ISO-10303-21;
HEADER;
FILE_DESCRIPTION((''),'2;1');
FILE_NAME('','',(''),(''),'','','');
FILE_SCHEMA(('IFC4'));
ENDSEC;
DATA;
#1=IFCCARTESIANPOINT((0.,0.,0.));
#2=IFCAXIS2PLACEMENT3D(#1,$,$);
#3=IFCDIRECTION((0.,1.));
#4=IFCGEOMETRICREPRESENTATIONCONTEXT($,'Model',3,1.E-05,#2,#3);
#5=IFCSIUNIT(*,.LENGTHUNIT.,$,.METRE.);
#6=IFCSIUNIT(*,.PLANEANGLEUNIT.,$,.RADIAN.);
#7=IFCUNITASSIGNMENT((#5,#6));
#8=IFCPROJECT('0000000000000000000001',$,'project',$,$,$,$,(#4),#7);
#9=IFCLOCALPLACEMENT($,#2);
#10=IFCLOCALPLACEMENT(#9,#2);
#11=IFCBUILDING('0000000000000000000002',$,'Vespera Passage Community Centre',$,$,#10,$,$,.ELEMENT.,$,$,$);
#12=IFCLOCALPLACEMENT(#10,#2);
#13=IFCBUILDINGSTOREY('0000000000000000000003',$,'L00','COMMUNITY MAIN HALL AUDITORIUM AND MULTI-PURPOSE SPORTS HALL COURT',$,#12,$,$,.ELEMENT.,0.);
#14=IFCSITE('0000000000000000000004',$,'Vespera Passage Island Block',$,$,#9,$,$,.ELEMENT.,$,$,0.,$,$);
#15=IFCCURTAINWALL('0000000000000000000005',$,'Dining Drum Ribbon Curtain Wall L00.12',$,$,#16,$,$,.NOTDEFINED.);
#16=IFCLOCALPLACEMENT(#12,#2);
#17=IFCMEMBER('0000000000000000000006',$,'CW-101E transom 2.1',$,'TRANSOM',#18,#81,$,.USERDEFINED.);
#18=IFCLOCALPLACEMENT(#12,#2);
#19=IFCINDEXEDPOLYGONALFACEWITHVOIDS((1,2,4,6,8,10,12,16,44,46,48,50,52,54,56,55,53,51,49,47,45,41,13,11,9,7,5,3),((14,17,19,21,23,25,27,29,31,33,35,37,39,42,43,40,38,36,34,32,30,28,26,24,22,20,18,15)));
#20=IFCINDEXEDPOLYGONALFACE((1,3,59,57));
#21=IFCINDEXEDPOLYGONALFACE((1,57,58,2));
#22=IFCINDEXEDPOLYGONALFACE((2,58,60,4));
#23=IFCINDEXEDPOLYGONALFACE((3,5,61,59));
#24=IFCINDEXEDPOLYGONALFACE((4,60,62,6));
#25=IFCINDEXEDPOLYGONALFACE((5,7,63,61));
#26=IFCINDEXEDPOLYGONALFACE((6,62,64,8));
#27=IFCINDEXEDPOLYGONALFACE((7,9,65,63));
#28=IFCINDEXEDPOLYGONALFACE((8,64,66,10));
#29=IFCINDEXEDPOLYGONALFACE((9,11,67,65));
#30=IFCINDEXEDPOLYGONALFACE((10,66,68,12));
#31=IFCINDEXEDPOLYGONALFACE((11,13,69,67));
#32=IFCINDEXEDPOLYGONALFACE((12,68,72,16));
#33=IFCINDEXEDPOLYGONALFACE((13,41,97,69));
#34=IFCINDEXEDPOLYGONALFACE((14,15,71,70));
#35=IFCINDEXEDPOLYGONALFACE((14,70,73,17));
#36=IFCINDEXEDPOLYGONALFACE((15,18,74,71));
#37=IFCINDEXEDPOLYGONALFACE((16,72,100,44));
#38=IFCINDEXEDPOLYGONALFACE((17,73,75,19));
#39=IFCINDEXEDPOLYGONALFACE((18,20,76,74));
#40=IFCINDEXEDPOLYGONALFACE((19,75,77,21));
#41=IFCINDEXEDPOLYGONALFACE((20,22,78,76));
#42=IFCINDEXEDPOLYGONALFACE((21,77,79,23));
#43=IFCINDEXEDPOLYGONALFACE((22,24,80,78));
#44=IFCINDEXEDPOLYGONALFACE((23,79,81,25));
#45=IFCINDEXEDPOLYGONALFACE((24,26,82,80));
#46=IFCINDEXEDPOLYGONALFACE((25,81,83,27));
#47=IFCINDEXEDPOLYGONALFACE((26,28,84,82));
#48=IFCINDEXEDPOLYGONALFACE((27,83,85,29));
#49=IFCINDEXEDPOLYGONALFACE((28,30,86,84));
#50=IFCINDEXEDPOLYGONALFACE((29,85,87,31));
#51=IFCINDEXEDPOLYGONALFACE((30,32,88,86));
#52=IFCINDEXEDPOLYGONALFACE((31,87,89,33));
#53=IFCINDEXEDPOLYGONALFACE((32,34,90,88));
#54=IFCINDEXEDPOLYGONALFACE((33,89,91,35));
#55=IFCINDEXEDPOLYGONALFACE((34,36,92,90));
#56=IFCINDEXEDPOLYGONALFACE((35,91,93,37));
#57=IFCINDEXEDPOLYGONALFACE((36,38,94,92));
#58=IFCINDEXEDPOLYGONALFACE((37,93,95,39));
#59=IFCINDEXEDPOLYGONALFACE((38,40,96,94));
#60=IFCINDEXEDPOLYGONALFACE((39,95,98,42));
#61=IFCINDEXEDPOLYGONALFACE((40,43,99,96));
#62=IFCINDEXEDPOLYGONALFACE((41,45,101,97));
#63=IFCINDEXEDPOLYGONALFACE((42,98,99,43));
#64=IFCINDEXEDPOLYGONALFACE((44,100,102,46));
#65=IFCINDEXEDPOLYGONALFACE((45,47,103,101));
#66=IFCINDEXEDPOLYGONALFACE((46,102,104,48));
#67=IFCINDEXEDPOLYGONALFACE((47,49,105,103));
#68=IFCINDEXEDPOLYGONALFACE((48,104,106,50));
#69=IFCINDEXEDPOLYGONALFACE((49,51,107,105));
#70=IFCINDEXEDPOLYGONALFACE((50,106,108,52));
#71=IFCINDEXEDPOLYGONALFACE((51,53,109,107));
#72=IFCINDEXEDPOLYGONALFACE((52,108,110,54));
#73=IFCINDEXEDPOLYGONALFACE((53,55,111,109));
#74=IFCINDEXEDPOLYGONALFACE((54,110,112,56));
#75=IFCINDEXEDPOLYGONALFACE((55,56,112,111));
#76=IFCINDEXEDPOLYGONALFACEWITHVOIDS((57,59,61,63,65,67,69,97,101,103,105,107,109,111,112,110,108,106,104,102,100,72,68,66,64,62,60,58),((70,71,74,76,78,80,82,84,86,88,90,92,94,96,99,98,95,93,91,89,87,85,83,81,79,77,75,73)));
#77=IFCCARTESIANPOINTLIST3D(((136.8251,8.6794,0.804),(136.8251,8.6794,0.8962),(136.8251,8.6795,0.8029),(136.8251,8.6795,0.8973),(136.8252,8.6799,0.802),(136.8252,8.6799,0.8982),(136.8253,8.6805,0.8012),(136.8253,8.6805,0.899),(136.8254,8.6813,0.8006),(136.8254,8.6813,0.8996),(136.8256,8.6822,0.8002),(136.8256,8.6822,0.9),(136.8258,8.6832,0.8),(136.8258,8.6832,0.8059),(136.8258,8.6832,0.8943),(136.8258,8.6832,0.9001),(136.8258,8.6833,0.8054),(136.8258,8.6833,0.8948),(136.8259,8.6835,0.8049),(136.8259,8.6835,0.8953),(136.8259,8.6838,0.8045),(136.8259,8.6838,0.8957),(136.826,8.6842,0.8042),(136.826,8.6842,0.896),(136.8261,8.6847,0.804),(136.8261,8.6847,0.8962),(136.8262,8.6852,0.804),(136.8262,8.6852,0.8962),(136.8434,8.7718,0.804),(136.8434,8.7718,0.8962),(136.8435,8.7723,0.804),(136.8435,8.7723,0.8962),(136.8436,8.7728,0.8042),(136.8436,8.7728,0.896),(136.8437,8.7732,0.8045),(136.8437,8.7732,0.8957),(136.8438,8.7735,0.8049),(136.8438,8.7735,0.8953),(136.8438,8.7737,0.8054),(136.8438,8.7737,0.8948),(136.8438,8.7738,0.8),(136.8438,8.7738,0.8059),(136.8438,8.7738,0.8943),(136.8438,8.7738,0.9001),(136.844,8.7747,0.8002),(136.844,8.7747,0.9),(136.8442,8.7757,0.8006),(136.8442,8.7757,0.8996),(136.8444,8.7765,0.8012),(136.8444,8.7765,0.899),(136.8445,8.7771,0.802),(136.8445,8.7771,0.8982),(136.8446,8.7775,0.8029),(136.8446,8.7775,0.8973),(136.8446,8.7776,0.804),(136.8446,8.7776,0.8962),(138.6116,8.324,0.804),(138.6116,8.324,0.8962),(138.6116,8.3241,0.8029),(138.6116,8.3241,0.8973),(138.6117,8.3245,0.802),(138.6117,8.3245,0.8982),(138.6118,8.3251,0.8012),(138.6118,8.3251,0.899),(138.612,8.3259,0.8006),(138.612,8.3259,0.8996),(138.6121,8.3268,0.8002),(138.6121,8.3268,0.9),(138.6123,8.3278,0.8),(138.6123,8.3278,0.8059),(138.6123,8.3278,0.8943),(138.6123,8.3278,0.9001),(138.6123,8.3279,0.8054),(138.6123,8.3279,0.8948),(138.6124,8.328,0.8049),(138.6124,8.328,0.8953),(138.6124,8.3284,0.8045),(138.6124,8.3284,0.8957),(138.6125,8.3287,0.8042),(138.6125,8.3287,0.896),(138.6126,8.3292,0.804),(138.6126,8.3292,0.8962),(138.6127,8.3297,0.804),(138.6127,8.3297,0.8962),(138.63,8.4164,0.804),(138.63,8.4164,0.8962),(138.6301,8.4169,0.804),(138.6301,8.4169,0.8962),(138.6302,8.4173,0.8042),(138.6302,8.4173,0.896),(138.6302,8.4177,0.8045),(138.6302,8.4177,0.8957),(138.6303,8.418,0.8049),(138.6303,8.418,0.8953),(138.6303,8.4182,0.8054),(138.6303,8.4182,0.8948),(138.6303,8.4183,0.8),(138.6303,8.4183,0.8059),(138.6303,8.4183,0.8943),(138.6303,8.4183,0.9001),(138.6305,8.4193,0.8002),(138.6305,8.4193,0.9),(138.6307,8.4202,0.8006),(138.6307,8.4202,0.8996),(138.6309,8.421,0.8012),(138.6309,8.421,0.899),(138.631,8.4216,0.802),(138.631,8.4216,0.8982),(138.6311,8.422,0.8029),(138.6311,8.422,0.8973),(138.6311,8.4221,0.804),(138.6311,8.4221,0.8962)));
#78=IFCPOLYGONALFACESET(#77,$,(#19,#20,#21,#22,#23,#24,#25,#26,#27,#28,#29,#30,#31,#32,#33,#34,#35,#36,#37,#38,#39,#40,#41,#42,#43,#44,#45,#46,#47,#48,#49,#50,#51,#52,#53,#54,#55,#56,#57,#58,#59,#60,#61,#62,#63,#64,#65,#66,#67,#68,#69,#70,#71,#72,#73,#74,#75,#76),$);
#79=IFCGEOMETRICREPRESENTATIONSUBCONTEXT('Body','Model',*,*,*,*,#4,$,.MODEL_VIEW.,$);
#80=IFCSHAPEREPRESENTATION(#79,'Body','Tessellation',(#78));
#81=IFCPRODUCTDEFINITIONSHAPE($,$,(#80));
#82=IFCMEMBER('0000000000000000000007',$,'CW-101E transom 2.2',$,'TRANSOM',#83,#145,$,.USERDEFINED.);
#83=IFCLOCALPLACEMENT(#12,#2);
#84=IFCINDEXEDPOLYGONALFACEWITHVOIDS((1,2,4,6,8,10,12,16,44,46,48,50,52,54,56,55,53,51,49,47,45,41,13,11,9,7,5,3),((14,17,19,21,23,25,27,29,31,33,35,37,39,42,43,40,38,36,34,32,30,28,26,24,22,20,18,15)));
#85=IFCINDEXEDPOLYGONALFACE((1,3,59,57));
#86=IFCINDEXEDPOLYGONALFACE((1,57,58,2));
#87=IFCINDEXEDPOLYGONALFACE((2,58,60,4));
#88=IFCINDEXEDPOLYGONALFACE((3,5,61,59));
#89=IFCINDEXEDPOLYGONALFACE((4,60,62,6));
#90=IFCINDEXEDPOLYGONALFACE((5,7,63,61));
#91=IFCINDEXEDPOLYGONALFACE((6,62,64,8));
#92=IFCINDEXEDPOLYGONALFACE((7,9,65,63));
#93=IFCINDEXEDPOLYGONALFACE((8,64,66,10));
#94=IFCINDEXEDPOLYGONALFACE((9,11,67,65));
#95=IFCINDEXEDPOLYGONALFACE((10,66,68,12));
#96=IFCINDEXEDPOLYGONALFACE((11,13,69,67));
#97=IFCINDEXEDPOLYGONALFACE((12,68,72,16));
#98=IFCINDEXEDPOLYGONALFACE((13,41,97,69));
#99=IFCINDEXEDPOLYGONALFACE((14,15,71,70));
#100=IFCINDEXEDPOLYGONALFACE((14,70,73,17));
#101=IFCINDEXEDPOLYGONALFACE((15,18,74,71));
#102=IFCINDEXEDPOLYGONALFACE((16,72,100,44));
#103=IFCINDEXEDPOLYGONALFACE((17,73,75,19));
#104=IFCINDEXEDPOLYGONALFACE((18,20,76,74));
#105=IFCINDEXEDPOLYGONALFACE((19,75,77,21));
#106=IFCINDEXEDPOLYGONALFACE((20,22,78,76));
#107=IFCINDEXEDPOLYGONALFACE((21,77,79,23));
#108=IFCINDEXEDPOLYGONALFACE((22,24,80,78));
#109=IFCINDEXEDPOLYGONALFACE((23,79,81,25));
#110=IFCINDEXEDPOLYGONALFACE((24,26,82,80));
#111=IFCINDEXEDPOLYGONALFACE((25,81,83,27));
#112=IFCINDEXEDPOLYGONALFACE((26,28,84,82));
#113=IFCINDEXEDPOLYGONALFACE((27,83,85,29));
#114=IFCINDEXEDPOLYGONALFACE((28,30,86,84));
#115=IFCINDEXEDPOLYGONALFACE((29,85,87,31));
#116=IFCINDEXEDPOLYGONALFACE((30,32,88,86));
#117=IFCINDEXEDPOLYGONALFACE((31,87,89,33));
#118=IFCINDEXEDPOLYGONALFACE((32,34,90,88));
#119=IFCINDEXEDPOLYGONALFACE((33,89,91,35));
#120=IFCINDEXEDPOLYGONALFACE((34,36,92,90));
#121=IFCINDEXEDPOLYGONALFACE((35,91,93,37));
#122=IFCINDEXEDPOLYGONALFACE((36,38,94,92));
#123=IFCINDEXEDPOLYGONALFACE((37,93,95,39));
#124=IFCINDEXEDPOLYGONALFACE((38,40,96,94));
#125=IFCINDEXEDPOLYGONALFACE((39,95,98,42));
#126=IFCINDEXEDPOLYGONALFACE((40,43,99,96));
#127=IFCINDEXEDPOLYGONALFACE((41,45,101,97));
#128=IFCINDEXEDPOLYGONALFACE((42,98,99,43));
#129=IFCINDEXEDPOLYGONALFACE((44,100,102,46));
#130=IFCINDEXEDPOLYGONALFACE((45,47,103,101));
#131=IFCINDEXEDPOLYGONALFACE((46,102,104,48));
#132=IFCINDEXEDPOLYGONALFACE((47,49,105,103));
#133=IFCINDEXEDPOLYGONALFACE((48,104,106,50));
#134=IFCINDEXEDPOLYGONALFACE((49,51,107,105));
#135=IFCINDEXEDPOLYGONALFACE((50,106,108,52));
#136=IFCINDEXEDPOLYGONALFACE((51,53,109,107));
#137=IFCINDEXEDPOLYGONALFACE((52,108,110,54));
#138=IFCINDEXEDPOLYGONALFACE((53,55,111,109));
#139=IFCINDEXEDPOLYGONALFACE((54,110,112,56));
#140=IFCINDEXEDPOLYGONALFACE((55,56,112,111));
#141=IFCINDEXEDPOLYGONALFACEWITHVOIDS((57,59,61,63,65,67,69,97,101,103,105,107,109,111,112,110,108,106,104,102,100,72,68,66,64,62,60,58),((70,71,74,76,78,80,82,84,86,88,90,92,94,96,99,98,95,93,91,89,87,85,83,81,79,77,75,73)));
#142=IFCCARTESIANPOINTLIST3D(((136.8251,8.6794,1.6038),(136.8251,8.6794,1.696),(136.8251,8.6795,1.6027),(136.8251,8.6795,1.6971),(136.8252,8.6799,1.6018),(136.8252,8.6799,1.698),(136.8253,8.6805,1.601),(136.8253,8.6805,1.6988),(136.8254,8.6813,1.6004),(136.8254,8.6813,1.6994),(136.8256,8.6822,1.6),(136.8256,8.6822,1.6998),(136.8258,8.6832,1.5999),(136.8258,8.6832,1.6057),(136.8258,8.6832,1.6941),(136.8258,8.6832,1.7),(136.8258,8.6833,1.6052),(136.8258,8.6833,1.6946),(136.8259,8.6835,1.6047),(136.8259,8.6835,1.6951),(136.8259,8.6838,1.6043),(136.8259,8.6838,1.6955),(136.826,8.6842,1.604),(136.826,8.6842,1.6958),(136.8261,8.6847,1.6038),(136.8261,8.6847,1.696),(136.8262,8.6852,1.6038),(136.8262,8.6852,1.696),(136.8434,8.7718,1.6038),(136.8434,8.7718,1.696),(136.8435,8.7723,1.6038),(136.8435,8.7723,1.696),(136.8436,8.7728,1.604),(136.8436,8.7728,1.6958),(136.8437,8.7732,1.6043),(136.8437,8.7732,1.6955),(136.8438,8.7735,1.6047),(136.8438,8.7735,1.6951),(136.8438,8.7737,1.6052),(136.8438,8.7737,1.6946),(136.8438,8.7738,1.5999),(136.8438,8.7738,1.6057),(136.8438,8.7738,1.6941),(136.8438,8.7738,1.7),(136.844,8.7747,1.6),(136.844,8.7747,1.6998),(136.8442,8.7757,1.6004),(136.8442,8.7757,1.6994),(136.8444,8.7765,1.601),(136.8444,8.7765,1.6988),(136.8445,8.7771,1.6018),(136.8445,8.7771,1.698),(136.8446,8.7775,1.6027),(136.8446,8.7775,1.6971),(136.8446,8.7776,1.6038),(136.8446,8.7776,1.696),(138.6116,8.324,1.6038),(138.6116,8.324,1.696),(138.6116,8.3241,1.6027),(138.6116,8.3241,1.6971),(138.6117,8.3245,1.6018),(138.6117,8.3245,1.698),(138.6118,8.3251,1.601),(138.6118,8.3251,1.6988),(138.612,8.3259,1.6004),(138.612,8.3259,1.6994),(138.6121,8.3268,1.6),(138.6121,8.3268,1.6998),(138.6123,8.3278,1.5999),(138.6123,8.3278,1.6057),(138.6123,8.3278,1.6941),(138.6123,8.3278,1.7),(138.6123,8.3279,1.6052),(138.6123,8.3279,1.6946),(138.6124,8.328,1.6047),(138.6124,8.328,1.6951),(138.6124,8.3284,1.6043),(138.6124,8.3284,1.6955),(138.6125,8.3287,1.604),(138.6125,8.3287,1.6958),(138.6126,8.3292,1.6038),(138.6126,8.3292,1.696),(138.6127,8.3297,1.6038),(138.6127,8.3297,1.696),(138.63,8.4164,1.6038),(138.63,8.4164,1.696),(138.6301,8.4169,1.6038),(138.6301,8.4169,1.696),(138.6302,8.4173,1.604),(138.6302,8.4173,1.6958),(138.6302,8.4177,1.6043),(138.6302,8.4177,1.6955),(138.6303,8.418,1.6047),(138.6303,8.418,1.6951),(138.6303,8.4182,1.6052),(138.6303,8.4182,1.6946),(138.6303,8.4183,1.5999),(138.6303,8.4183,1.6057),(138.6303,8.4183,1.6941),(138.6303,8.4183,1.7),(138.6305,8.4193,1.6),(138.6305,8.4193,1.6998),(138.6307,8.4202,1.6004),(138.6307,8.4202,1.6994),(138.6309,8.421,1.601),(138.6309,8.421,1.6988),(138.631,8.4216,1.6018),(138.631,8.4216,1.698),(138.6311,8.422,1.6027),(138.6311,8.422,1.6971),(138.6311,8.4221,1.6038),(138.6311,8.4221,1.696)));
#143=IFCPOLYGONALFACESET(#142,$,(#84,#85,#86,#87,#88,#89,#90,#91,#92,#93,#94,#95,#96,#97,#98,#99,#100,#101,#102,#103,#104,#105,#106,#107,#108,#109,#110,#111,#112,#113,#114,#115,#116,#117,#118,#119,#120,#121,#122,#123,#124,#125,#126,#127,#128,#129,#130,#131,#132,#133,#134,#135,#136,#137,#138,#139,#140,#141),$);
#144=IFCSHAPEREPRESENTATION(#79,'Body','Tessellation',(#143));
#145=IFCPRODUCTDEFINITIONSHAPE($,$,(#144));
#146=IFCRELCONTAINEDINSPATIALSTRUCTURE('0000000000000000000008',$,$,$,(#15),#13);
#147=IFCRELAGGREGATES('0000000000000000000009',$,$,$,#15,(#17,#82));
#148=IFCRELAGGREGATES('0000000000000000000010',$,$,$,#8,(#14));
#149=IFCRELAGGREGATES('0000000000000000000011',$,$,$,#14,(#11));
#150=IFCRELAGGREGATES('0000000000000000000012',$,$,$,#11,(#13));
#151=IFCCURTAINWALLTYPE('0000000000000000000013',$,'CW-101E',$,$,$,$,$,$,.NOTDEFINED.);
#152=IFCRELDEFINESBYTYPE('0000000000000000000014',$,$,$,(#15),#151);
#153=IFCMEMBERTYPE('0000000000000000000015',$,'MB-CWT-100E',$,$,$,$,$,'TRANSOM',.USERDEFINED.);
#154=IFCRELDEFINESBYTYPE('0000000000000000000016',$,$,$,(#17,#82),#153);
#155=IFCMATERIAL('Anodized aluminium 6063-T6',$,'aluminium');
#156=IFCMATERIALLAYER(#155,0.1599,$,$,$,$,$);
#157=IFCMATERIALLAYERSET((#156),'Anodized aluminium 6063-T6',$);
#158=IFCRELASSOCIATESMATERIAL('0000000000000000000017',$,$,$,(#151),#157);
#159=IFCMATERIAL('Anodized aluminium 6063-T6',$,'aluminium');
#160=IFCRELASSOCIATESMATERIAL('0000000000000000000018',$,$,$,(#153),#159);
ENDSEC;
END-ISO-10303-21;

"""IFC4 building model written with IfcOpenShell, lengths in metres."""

from ifc_helpers import new_model, si_unit, direction, frame, origin, origin_2d, place, context, subcontext, project, spatial, hollow_rectangle, extrude, material, layer, layer_set, material_profile, profile_set, type_object, element, aggregate, save


model = new_model("IFC4")

# Units and contexts
model_context = context("Model", 3, precision=1e-05, world=origin(), true_north=direction((0.0, 1.0)))
body_context = subcontext(model_context, "Body", "Model", "MODEL_VIEW")
ifc_project = project(units=[si_unit("LENGTHUNIT", "METRE"), si_unit("PLANEANGLEUNIT", "RADIAN")], contexts=[model_context])

# Site, building, storey
site_placement = place(None, origin())
site = spatial("IfcSite", under=ifc_project, at=site_placement, Name="Vespera Passage Island Block", CompositionType="ELEMENT", RefElevation=0.0)
building_placement = place(site_placement, origin())
building = spatial("IfcBuilding", under=site, at=building_placement, Name="Vespera Passage Community Centre", CompositionType="ELEMENT")
storey_placement = place(building_placement, origin())
storey = spatial("IfcBuildingStorey", under=building, at=storey_placement, Name="L00", Description="COMMUNITY MAIN HALL AUDITORIUM AND MULTI-PURPOSE SPORTS HALL COURT", CompositionType="ELEMENT", Elevation=0.0)

# Curtain wall, members
ifc_material_1 = material(Name="Anodized aluminium 6063-T6", Category="aluminium")
ifc_layer_1 = layer(ifc_material_1, 0.1599)
ifc_layer_set_1 = layer_set([ifc_layer_1], Name="Anodized aluminium 6063-T6")
curtain_wall_type_1 = type_object("IfcCurtainWallType", Name="CW-101E", PredefinedType="NOTDEFINED", material=ifc_layer_set_1)
curtain_wall_1_placement = place(storey_placement, origin())
curtain_wall_1 = element("IfcCurtainWall", 1, at=curtain_wall_1_placement, inside=storey, type_object=curtain_wall_type_1, Name="Dining Drum Ribbon Curtain Wall L00.12", PredefinedType="NOTDEFINED")
ifc_material_2 = material(Name="Anodized aluminium 6063-T6", Category="aluminium")
ifc_material_profile_1 = material_profile(ifc_material_2, hollow_rectangle(XDim=0.1001, YDim=0.1001, WallThickness=0.0039, InnerFilletRadius=0.002, OuterFilletRadius=0.0039, at=origin_2d()), Name="ALU100X100X4")
ifc_profile_set_1 = profile_set([ifc_material_profile_1], Name="Anodized aluminium 6063-T6")
member_type_1 = type_object("IfcMemberType", Name="MB-CWT-100E", ElementType="TRANSOM", PredefinedType="USERDEFINED", material=ifc_profile_set_1)
member_1_placement = place(storey_placement, frame((138.6213, 8.373, 0.8501), z_axis=(-0.980776, 0.195137, 0.0), x_axis=(-0.195137, -0.980776, 0.0)))
member_1 = element("IfcMember", 2, at=member_1_placement, type_object=member_type_1, Name="CW-101E transom 2.1", ObjectType="TRANSOM", PredefinedType="USERDEFINED", context=body_context, shape_type="SweptSolid", body=[
    extrude(hollow_rectangle(XDim=0.1001, YDim=0.1001, WallThickness=0.0039, InnerFilletRadius=0.002, OuterFilletRadius=0.0039, at=origin_2d()), origin(), (0.0, 0.0, 1.0), 1.8215),
])
member_2_placement = place(storey_placement, frame((138.6213, 8.373, 1.6499), z_axis=(-0.980776, 0.195137, 0.0), x_axis=(-0.195137, -0.980776, 0.0)))
member_2 = element("IfcMember", 3, at=member_2_placement, type_object=member_type_1, Name="CW-101E transom 2.2", ObjectType="TRANSOM", PredefinedType="USERDEFINED", context=body_context, shape_type="SweptSolid", body=[
    extrude(hollow_rectangle(XDim=0.1001, YDim=0.1001, WallThickness=0.0039, InnerFilletRadius=0.002, OuterFilletRadius=0.0039, at=origin_2d()), origin(), (0.0, 0.0, 1.0), 1.8215),
])

aggregate(curtain_wall_1, [member_1, member_2])

save(model, "model.ifc")
